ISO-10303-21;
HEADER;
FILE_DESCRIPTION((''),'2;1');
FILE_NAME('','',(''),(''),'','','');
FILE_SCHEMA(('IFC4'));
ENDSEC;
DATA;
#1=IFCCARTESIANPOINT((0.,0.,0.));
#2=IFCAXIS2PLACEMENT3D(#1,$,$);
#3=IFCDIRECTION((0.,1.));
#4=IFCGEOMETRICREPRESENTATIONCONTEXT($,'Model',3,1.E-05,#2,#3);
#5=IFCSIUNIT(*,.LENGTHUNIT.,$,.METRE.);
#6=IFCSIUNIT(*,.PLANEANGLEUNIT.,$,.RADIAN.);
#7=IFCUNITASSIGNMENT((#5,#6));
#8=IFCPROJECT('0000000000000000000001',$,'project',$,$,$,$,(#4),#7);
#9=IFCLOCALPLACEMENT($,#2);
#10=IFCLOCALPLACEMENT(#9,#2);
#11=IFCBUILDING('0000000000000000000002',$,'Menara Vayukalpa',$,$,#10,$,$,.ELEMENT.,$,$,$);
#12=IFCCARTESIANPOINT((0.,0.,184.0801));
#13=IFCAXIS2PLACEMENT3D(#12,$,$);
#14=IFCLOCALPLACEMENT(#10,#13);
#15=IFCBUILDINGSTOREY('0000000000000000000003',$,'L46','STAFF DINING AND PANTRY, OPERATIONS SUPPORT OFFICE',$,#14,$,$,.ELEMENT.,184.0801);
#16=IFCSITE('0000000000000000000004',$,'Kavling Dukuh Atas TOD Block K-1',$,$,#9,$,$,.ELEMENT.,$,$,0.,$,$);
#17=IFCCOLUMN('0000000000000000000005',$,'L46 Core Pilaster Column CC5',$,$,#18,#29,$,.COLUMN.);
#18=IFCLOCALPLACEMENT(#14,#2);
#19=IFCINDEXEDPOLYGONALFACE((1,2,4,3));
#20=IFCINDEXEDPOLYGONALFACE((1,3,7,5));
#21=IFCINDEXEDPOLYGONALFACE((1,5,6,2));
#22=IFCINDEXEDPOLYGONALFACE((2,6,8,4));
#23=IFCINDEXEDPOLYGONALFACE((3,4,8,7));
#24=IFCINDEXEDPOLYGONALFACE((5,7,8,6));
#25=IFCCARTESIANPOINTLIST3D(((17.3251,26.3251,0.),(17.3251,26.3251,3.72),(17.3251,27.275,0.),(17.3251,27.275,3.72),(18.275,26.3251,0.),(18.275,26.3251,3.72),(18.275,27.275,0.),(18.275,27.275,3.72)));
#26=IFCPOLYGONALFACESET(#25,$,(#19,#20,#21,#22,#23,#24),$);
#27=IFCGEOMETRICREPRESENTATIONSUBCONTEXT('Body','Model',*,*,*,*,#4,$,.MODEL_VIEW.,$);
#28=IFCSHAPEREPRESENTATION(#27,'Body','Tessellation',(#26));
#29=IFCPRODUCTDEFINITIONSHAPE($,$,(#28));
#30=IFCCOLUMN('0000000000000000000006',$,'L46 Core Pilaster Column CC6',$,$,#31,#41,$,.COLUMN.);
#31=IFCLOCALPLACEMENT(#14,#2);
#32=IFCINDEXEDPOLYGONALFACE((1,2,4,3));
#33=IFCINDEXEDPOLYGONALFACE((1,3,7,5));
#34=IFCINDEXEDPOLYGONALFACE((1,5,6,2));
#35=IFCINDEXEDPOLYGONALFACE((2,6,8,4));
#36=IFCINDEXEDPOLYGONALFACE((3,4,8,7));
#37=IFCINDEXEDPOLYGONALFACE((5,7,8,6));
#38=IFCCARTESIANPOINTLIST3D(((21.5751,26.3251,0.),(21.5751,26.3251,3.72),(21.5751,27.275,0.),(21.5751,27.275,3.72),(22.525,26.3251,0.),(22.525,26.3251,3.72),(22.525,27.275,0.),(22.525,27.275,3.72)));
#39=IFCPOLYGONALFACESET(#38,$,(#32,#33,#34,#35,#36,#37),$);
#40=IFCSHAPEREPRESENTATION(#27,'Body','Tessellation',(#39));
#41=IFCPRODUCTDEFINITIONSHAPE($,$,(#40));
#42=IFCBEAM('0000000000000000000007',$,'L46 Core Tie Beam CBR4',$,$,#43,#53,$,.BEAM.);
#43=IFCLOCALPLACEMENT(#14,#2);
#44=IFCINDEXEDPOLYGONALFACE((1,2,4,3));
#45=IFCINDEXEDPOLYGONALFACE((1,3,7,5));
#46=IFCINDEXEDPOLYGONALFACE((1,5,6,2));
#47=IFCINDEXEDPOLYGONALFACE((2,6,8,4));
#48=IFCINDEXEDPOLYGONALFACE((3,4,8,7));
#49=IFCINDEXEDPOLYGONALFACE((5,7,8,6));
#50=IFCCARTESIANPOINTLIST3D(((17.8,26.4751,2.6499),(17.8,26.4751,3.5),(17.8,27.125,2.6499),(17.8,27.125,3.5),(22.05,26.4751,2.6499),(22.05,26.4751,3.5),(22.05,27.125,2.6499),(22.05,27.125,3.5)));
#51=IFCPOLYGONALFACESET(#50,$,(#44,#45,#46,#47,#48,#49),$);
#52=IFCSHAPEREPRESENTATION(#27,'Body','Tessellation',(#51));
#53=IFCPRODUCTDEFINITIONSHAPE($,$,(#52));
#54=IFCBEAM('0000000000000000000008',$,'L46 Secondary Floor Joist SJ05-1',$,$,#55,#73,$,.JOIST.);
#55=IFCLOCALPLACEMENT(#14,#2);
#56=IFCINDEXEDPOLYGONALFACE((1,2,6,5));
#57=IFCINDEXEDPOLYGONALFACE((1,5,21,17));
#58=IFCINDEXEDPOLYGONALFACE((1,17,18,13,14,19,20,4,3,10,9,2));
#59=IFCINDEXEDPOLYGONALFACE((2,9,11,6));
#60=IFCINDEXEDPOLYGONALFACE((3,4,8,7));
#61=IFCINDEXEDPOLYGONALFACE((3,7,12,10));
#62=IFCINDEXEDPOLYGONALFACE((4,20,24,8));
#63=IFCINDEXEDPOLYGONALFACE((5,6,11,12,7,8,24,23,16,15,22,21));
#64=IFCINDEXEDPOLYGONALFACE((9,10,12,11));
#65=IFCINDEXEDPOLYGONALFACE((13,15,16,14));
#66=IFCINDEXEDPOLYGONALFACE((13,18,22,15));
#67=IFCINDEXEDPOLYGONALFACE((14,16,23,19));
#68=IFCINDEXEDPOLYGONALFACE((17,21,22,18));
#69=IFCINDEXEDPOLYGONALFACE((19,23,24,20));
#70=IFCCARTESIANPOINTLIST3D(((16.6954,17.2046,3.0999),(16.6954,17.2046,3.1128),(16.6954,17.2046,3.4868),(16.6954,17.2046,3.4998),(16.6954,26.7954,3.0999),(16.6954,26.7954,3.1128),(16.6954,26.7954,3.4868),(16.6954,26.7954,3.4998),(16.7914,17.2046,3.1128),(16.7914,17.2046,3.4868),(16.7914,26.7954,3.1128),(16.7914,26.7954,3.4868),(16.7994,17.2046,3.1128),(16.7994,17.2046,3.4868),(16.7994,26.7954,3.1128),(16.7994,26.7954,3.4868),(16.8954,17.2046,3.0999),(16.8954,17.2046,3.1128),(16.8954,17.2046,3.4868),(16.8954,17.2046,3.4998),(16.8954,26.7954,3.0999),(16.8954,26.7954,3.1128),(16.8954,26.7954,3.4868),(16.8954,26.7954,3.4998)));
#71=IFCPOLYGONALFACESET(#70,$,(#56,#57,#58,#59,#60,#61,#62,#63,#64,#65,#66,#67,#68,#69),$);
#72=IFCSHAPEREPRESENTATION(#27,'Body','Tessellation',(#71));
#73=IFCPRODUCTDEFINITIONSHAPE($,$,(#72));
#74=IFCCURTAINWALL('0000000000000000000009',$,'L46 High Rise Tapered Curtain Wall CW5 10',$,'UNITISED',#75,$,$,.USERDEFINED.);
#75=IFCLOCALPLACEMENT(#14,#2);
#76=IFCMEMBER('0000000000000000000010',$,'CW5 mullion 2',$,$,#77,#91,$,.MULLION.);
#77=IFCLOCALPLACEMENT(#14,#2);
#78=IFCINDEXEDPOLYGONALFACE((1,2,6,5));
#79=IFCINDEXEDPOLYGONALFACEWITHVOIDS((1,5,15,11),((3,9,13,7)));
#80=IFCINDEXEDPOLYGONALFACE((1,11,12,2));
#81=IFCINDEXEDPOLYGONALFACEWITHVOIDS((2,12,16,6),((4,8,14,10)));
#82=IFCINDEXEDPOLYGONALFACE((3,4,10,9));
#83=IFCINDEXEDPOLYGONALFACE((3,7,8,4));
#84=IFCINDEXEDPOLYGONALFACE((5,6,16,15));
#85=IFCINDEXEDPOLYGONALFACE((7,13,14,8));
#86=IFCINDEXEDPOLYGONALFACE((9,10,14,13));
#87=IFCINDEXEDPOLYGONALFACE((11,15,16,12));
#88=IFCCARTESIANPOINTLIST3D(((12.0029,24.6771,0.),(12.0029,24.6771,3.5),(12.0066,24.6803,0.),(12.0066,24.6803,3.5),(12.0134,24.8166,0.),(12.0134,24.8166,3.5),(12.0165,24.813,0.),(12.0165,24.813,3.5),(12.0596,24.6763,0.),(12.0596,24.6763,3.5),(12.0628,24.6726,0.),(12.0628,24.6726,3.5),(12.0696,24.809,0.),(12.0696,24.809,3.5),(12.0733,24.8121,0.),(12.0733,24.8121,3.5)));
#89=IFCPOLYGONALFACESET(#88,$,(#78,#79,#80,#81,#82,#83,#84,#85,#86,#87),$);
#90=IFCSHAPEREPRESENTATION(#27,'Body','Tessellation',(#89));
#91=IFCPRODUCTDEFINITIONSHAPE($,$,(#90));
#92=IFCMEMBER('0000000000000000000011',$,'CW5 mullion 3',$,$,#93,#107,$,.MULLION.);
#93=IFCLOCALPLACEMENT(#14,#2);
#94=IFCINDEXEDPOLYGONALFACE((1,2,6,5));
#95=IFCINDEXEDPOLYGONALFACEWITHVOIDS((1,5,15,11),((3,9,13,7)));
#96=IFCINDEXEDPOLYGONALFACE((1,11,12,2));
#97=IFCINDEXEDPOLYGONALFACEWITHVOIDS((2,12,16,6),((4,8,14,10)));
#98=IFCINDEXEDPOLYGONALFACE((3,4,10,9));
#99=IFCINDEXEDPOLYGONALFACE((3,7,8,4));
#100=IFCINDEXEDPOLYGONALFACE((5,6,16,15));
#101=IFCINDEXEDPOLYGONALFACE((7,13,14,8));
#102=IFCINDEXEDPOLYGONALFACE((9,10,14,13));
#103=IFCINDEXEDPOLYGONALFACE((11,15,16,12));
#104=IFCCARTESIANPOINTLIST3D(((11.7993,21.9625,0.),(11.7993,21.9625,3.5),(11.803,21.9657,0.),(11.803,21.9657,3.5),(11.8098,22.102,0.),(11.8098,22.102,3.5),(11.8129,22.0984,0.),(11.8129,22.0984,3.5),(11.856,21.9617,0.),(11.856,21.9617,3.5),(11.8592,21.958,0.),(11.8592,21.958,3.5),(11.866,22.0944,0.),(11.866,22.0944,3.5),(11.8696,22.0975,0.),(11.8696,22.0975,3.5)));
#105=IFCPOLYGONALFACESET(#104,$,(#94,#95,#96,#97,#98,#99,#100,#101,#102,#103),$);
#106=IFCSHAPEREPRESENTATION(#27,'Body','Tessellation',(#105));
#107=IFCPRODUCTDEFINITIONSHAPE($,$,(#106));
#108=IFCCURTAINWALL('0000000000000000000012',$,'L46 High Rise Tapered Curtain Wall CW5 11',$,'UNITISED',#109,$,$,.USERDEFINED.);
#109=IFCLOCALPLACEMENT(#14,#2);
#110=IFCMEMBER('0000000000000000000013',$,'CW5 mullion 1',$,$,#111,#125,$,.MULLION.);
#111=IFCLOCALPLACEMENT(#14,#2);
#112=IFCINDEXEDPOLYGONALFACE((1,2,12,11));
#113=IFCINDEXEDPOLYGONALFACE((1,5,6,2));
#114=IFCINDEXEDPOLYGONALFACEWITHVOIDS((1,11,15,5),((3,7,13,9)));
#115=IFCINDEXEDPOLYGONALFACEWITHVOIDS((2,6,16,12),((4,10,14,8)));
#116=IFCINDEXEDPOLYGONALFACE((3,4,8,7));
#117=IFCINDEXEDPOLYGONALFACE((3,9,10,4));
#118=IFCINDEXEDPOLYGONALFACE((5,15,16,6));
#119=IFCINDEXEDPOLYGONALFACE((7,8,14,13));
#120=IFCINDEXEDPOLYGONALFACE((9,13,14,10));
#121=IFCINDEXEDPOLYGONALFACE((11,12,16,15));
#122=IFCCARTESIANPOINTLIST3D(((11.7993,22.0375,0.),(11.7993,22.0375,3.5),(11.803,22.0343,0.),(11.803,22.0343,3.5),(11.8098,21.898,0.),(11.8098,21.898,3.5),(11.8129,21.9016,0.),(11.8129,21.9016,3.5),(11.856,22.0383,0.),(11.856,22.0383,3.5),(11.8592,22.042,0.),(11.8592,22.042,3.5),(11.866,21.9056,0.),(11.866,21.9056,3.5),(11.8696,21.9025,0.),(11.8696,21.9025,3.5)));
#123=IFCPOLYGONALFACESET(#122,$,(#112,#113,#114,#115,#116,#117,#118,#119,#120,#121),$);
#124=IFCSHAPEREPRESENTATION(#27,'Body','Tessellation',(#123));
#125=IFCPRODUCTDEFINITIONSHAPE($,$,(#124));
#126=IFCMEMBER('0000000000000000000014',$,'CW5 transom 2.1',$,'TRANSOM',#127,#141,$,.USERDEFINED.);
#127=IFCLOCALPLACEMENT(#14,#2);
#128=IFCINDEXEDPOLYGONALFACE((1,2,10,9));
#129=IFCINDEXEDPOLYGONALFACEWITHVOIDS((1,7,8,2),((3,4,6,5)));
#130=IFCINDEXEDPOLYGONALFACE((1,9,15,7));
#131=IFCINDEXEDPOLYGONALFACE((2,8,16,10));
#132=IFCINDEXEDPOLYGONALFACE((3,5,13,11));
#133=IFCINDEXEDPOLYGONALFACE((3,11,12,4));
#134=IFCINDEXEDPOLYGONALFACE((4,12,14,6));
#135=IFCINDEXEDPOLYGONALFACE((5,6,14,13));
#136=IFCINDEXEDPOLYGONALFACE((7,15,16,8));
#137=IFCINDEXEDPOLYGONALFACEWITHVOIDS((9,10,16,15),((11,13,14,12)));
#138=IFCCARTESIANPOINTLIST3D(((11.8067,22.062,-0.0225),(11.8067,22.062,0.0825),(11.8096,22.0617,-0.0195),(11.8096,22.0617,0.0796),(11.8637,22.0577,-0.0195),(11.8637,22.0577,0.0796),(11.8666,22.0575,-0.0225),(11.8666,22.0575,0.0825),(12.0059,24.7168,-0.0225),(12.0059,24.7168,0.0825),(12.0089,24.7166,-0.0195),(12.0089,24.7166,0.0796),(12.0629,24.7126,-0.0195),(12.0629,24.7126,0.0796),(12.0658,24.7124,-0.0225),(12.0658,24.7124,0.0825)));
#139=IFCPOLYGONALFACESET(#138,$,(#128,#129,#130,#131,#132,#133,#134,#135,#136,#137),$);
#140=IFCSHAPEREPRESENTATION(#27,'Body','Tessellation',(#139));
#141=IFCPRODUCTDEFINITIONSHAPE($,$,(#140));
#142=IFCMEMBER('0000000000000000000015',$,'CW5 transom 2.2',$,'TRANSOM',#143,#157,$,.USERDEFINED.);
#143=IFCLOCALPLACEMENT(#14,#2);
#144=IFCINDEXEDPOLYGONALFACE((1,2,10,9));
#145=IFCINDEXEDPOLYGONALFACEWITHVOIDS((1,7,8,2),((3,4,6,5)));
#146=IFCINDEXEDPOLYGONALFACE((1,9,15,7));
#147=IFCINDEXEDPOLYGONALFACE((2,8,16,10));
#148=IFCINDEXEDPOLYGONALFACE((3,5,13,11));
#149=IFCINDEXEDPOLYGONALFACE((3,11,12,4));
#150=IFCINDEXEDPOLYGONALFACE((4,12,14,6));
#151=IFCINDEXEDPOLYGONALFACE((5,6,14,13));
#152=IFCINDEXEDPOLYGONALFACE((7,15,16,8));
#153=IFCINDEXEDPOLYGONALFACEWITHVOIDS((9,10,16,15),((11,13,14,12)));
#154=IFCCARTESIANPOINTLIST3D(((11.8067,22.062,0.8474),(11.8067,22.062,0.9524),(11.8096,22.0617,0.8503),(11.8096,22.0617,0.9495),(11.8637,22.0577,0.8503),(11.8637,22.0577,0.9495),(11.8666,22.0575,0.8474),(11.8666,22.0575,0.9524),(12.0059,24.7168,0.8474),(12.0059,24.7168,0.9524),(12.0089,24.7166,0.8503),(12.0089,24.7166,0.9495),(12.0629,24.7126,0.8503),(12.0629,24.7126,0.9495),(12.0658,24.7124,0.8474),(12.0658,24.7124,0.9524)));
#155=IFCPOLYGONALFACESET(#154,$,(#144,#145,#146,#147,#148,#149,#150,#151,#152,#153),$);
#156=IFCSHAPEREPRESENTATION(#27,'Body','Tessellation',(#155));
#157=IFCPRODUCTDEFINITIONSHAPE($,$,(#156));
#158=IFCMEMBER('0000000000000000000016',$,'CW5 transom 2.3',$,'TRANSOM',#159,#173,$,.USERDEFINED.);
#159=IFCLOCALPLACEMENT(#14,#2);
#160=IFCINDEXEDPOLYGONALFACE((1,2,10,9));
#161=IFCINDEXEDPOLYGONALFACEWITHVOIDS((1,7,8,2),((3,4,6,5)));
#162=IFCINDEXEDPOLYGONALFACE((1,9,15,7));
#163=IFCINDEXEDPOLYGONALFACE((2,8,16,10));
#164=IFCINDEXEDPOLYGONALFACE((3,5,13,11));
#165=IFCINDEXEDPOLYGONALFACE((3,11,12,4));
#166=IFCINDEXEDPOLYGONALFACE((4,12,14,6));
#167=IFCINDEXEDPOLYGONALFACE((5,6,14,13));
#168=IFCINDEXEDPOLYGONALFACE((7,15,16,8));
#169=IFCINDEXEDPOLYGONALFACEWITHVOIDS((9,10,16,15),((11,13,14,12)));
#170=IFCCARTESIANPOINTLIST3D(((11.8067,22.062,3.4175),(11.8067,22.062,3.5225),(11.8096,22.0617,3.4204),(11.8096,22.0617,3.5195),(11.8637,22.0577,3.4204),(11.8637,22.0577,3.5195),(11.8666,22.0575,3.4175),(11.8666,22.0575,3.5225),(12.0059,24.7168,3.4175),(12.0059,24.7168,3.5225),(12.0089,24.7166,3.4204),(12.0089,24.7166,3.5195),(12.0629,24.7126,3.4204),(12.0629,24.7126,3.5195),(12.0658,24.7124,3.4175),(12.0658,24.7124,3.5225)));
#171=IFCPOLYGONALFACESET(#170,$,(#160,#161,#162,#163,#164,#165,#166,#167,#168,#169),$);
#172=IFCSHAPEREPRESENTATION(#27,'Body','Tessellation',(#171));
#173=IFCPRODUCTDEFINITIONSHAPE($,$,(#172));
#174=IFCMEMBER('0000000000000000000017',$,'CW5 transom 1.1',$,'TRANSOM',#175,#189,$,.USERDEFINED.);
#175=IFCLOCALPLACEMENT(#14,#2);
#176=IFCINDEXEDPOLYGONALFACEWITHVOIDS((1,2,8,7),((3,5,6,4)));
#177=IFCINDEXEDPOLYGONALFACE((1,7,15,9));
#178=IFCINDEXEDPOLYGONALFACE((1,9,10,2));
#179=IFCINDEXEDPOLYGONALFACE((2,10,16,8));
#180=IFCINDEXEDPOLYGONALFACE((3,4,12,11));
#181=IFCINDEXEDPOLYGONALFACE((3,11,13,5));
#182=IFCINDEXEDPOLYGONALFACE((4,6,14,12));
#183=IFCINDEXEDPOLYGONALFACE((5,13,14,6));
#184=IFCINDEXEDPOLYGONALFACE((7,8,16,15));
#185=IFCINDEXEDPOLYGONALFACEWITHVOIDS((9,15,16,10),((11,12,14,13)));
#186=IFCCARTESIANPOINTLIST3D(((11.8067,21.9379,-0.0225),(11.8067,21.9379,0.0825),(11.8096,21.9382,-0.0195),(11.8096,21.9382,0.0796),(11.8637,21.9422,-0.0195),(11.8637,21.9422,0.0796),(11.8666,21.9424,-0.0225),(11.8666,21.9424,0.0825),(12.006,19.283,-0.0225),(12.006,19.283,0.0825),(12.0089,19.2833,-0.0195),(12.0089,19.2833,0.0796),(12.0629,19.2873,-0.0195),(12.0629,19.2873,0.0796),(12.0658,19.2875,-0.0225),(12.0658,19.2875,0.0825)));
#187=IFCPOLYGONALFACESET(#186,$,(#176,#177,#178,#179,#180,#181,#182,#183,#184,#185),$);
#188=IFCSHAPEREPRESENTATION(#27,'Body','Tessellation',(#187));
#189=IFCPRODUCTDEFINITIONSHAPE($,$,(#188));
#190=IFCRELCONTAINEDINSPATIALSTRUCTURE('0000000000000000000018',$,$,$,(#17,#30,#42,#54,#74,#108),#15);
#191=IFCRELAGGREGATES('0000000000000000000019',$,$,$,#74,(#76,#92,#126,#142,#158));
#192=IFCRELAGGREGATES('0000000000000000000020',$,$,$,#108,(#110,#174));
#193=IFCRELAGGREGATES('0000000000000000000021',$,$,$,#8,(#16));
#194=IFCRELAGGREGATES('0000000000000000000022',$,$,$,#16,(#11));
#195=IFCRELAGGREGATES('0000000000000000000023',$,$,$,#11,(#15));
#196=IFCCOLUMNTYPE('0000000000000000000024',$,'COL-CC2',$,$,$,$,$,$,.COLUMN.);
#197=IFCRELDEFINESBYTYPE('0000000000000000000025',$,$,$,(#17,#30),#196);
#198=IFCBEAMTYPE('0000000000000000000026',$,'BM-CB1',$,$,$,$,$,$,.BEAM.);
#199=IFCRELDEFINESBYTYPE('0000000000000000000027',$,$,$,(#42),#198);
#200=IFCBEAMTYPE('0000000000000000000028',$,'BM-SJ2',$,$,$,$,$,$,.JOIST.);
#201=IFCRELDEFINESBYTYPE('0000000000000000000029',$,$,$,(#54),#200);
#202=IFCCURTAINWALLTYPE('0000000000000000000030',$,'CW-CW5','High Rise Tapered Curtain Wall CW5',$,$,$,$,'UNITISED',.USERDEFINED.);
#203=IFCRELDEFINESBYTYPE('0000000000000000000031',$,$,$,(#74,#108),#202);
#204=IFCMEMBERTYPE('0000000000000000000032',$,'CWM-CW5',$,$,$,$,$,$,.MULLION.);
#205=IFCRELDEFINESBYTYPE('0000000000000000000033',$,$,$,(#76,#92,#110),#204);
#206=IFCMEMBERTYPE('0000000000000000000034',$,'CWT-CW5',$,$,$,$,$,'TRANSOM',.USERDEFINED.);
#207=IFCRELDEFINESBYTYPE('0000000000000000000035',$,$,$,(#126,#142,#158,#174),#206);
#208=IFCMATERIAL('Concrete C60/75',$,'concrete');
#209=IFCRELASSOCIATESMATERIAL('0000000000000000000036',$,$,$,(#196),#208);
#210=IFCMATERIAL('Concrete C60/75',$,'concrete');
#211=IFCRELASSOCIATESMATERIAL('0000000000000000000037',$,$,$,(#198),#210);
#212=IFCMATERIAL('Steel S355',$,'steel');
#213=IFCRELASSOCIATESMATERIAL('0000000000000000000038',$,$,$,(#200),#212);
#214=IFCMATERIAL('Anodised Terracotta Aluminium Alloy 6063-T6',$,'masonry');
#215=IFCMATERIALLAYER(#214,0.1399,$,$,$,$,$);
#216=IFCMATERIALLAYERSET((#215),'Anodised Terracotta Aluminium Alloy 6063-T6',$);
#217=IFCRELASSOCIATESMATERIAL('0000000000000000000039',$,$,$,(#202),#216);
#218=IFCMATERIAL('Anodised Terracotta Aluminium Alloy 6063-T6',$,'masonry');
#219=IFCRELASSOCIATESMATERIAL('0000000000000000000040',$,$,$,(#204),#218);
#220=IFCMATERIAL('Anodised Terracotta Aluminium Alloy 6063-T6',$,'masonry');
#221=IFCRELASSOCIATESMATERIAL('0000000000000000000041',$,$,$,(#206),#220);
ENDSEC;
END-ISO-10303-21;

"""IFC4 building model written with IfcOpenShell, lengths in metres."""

from ifc_helpers import new_model, si_unit, direction, frame, origin, origin_2d, place, context, subcontext, project, spatial, rectangle, hollow_rectangle, i_section, extrude, material, layer, layer_set, material_profile, profile_set, type_object, element, aggregate, save


model = new_model("IFC4")

# Units and contexts
model_context = context("Model", 3, precision=1e-05, world=origin(), true_north=direction((0.0, 1.0)))
body_context = subcontext(model_context, "Body", "Model", "MODEL_VIEW")
ifc_project = project(units=[si_unit("LENGTHUNIT", "METRE"), si_unit("PLANEANGLEUNIT", "RADIAN")], contexts=[model_context])

# Site, building, storey
site_placement = place(None, origin())
site = spatial("IfcSite", under=ifc_project, at=site_placement, Name="Kavling Dukuh Atas TOD Block K-1", CompositionType="ELEMENT", RefElevation=0.0)
building_placement = place(site_placement, origin())
building = spatial("IfcBuilding", under=site, at=building_placement, Name="Menara Vayukalpa", CompositionType="ELEMENT")
storey_placement = place(building_placement, frame((0.0, 0.0, 184.0801)))
storey = spatial("IfcBuildingStorey", under=building, at=storey_placement, Name="L46", Description="STAFF DINING AND PANTRY, OPERATIONS SUPPORT OFFICE", CompositionType="ELEMENT", Elevation=184.0801)

# Columns
ifc_material_1 = material(Name="Concrete C60/75", Category="concrete")
ifc_material_profile_1 = material_profile(ifc_material_1, rectangle(XDim=0.95, YDim=0.95, at=origin_2d()), Name="RC 950x950")
ifc_profile_set_1 = profile_set([ifc_material_profile_1], Name="Concrete C60/75")
column_type = type_object("IfcColumnType", Name="COL-CC2", PredefinedType="COLUMN", material=ifc_profile_set_1)
for number, where, z_axis, x_axis, name in (
    (1, (17.8, 26.8, 0.0), (0.0, 0.0, 1.0), (1.0, 0.0, 0.0), "L46 Core Pilaster Column CC5"),
    (2, (22.05, 26.8, 0.0), (0.0, 0.0, 1.0), (1.0, 0.0, 0.0), "L46 Core Pilaster Column CC6"),
):
    element("IfcColumn", number, at=place(storey_placement, frame(where, z_axis=z_axis, x_axis=x_axis)), inside=storey, type_object=column_type, Name=name, PredefinedType="COLUMN", context=body_context, shape_type="SweptSolid", body=[
        extrude(rectangle(XDim=0.95, YDim=0.95, at=origin_2d()), origin(), (0.0, 0.0, 1.0), 3.72),
    ])

# Beams
ifc_material_2 = material(Name="Concrete C60/75", Category="concrete")
ifc_material_profile_2 = material_profile(ifc_material_2, rectangle(XDim=0.6499, YDim=0.8501, at=origin_2d()), Name="RC 650x850")
ifc_profile_set_2 = profile_set([ifc_material_profile_2], Name="Concrete C60/75")
beam_type_1 = type_object("IfcBeamType", Name="BM-CB1", PredefinedType="BEAM", material=ifc_profile_set_2)
beam_1_placement = place(storey_placement, frame((17.8, 26.8, 3.075), z_axis=(1.0, 0.0, 0.0), x_axis=(0.0, 1.0, 0.0)))
element("IfcBeam", 3, at=beam_1_placement, inside=storey, type_object=beam_type_1, Name="L46 Core Tie Beam CBR4", PredefinedType="BEAM", context=body_context, shape_type="SweptSolid", body=[
    extrude(rectangle(XDim=0.6499, YDim=0.8501, at=origin_2d()), origin(), (0.0, 0.0, 1.0), 4.25),
])
ifc_material_3 = material(Name="Steel S355", Category="steel")
ifc_material_profile_3 = material_profile(ifc_material_3, i_section(OverallWidth=0.2, OverallDepth=0.3999, WebThickness=0.0081, FlangeThickness=0.0129, at=origin_2d()), Name="WF 400x200x8x13")
ifc_profile_set_3 = profile_set([ifc_material_profile_3], Name="Steel S355")
beam_type_2 = type_object("IfcBeamType", Name="BM-SJ2", PredefinedType="JOIST", material=ifc_profile_set_3)
beam_2_placement = place(storey_placement, frame((16.7954, 26.7954, 3.2998), z_axis=(0.0, -1.0, 0.0), x_axis=(1.0, 0.0, 0.0)))
element("IfcBeam", 4, at=beam_2_placement, inside=storey, type_object=beam_type_2, Name="L46 Secondary Floor Joist SJ05-1", PredefinedType="JOIST", context=body_context, shape_type="SweptSolid", body=[
    extrude(i_section(OverallWidth=0.2, OverallDepth=0.3999, WebThickness=0.0081, FlangeThickness=0.0129, at=origin_2d()), origin(), (0.0, 0.0, 1.0), 9.5908),
])

# Curtain wall, members
ifc_material_4 = material(Name="Anodised Terracotta Aluminium Alloy 6063-T6", Category="masonry")
ifc_layer_1 = layer(ifc_material_4, 0.1399)
ifc_layer_set_1 = layer_set([ifc_layer_1], Name="Anodised Terracotta Aluminium Alloy 6063-T6")
curtain_wall_type = type_object("IfcCurtainWallType", Name="CW-CW5", Description="High Rise Tapered Curtain Wall CW5", ElementType="UNITISED", PredefinedType="USERDEFINED", material=ifc_layer_set_1)
curtain_wall_1_placement = place(storey_placement, origin())
curtain_wall_1 = element("IfcCurtainWall", 5, at=curtain_wall_1_placement, inside=storey, type_object=curtain_wall_type, Name="L46 High Rise Tapered Curtain Wall CW5 10", ObjectType="UNITISED", PredefinedType="USERDEFINED")
ifc_material_5 = material(Name="Anodised Terracotta Aluminium Alloy 6063-T6", Category="masonry")
ifc_material_profile_4 = material_profile(ifc_material_5, hollow_rectangle(XDim=0.0601, YDim=0.1399, WallThickness=0.0034, at=origin_2d()), Name="ALU 60x140x3.5")
ifc_profile_set_4 = profile_set([ifc_material_profile_4], Name="Anodised Terracotta Aluminium Alloy 6063-T6")
member_type_1 = type_object("IfcMemberType", Name="CWM-CW5", PredefinedType="MULLION", material=ifc_profile_set_4)
member_1_placement = place(storey_placement, frame((12.0381, 24.7446, 0.0), z_axis=(0.0, 0.0, 1.0), x_axis=(0.997199, -0.074792, 0.0)))
member_1 = element("IfcMember", 6, at=member_1_placement, type_object=member_type_1, Name="CW5 mullion 2", PredefinedType="MULLION", context=body_context, shape_type="SweptSolid", body=[
    extrude(hollow_rectangle(XDim=0.0601, YDim=0.1399, WallThickness=0.0034, at=origin_2d()), origin(), (0.0, 0.0, 1.0), 3.5),
])
member_2_placement = place(storey_placement, frame((11.8345, 22.03, 0.0), z_axis=(0.0, 0.0, 1.0), x_axis=(0.997199, -0.074792, 0.0)))
member_2 = element("IfcMember", 7, at=member_2_placement, type_object=member_type_1, Name="CW5 mullion 3", PredefinedType="MULLION", context=body_context, shape_type="SweptSolid", body=[
    extrude(hollow_rectangle(XDim=0.0601, YDim=0.1399, WallThickness=0.0034, at=origin_2d()), origin(), (0.0, 0.0, 1.0), 3.5),
])

# Curtain wall, member
curtain_wall_2_placement = place(storey_placement, origin())
curtain_wall_2 = element("IfcCurtainWall", 8, at=curtain_wall_2_placement, inside=storey, type_object=curtain_wall_type, Name="L46 High Rise Tapered Curtain Wall CW5 11", ObjectType="UNITISED", PredefinedType="USERDEFINED")
member_3_placement = place(storey_placement, frame((11.8345, 21.97, 0.0), z_axis=(0.0, 0.0, 1.0), x_axis=(0.997199, 0.074792, 0.0)))
member_3 = element("IfcMember", 9, at=member_3_placement, type_object=member_type_1, Name="CW5 mullion 1", PredefinedType="MULLION", context=body_context, shape_type="SweptSolid", body=[
    extrude(hollow_rectangle(XDim=0.0601, YDim=0.1399, WallThickness=0.0034, at=origin_2d()), origin(), (0.0, 0.0, 1.0), 3.5),
])

# Members
ifc_material_6 = material(Name="Anodised Terracotta Aluminium Alloy 6063-T6", Category="masonry")
ifc_material_profile_5 = material_profile(ifc_material_6, hollow_rectangle(XDim=0.0601, YDim=0.105, WallThickness=0.0029, at=origin_2d()), Name="ALU 60x105x3")
ifc_profile_set_5 = profile_set([ifc_material_profile_5], Name="Anodised Terracotta Aluminium Alloy 6063-T6")
member_type_2 = type_object("IfcMemberType", Name="CWT-CW5", ElementType="TRANSOM", PredefinedType="USERDEFINED", material=ifc_profile_set_5)
member_4_placement = place(storey_placement, frame((12.0359, 24.7146, 0.03), z_axis=(-0.074831, -0.997196, 0.0), x_axis=(0.997196, -0.074831, 0.0)))
member_4 = element("IfcMember", 10, at=member_4_placement, type_object=member_type_2, Name="CW5 transom 2.1", ObjectType="TRANSOM", PredefinedType="USERDEFINED", context=body_context, shape_type="SweptSolid", body=[
    extrude(hollow_rectangle(XDim=0.0601, YDim=0.105, WallThickness=0.0029, at=origin_2d()), origin(), (0.0, 0.0, 1.0), 2.6624),
])
member_5_placement = place(storey_placement, frame((12.0359, 24.7146, 0.8999), z_axis=(-0.074831, -0.997196, 0.0), x_axis=(0.997196, -0.074831, 0.0)))
member_5 = element("IfcMember", 11, at=member_5_placement, type_object=member_type_2, Name="CW5 transom 2.2", ObjectType="TRANSOM", PredefinedType="USERDEFINED", context=body_context, shape_type="SweptSolid", body=[
    extrude(hollow_rectangle(XDim=0.0601, YDim=0.105, WallThickness=0.0029, at=origin_2d()), origin(), (0.0, 0.0, 1.0), 2.6624),
])
member_6_placement = place(storey_placement, frame((12.0359, 24.7146, 3.47), z_axis=(-0.074831, -0.997196, 0.0), x_axis=(0.997196, -0.074831, 0.0)))
member_6 = element("IfcMember", 12, at=member_6_placement, type_object=member_type_2, Name="CW5 transom 2.3", ObjectType="TRANSOM", PredefinedType="USERDEFINED", context=body_context, shape_type="SweptSolid", body=[
    extrude(hollow_rectangle(XDim=0.0601, YDim=0.105, WallThickness=0.0029, at=origin_2d()), origin(), (0.0, 0.0, 1.0), 2.6624),
])
member_7_placement = place(storey_placement, frame((11.8367, 21.9402, 0.03), z_axis=(0.074831, -0.997196, 0.0), x_axis=(0.997196, 0.074831, 0.0)))
member_7 = element("IfcMember", 13, at=member_7_placement, type_object=member_type_2, Name="CW5 transom 1.1", ObjectType="TRANSOM", PredefinedType="USERDEFINED", context=body_context, shape_type="SweptSolid", body=[
    extrude(hollow_rectangle(XDim=0.0601, YDim=0.105, WallThickness=0.0029, at=origin_2d()), origin(), (0.0, 0.0, 1.0), 2.6624),
])

aggregate(curtain_wall_1, [member_1, member_2, member_4, member_5, member_6])
aggregate(curtain_wall_2, [member_3, member_7])

save(model, "model.ifc")
